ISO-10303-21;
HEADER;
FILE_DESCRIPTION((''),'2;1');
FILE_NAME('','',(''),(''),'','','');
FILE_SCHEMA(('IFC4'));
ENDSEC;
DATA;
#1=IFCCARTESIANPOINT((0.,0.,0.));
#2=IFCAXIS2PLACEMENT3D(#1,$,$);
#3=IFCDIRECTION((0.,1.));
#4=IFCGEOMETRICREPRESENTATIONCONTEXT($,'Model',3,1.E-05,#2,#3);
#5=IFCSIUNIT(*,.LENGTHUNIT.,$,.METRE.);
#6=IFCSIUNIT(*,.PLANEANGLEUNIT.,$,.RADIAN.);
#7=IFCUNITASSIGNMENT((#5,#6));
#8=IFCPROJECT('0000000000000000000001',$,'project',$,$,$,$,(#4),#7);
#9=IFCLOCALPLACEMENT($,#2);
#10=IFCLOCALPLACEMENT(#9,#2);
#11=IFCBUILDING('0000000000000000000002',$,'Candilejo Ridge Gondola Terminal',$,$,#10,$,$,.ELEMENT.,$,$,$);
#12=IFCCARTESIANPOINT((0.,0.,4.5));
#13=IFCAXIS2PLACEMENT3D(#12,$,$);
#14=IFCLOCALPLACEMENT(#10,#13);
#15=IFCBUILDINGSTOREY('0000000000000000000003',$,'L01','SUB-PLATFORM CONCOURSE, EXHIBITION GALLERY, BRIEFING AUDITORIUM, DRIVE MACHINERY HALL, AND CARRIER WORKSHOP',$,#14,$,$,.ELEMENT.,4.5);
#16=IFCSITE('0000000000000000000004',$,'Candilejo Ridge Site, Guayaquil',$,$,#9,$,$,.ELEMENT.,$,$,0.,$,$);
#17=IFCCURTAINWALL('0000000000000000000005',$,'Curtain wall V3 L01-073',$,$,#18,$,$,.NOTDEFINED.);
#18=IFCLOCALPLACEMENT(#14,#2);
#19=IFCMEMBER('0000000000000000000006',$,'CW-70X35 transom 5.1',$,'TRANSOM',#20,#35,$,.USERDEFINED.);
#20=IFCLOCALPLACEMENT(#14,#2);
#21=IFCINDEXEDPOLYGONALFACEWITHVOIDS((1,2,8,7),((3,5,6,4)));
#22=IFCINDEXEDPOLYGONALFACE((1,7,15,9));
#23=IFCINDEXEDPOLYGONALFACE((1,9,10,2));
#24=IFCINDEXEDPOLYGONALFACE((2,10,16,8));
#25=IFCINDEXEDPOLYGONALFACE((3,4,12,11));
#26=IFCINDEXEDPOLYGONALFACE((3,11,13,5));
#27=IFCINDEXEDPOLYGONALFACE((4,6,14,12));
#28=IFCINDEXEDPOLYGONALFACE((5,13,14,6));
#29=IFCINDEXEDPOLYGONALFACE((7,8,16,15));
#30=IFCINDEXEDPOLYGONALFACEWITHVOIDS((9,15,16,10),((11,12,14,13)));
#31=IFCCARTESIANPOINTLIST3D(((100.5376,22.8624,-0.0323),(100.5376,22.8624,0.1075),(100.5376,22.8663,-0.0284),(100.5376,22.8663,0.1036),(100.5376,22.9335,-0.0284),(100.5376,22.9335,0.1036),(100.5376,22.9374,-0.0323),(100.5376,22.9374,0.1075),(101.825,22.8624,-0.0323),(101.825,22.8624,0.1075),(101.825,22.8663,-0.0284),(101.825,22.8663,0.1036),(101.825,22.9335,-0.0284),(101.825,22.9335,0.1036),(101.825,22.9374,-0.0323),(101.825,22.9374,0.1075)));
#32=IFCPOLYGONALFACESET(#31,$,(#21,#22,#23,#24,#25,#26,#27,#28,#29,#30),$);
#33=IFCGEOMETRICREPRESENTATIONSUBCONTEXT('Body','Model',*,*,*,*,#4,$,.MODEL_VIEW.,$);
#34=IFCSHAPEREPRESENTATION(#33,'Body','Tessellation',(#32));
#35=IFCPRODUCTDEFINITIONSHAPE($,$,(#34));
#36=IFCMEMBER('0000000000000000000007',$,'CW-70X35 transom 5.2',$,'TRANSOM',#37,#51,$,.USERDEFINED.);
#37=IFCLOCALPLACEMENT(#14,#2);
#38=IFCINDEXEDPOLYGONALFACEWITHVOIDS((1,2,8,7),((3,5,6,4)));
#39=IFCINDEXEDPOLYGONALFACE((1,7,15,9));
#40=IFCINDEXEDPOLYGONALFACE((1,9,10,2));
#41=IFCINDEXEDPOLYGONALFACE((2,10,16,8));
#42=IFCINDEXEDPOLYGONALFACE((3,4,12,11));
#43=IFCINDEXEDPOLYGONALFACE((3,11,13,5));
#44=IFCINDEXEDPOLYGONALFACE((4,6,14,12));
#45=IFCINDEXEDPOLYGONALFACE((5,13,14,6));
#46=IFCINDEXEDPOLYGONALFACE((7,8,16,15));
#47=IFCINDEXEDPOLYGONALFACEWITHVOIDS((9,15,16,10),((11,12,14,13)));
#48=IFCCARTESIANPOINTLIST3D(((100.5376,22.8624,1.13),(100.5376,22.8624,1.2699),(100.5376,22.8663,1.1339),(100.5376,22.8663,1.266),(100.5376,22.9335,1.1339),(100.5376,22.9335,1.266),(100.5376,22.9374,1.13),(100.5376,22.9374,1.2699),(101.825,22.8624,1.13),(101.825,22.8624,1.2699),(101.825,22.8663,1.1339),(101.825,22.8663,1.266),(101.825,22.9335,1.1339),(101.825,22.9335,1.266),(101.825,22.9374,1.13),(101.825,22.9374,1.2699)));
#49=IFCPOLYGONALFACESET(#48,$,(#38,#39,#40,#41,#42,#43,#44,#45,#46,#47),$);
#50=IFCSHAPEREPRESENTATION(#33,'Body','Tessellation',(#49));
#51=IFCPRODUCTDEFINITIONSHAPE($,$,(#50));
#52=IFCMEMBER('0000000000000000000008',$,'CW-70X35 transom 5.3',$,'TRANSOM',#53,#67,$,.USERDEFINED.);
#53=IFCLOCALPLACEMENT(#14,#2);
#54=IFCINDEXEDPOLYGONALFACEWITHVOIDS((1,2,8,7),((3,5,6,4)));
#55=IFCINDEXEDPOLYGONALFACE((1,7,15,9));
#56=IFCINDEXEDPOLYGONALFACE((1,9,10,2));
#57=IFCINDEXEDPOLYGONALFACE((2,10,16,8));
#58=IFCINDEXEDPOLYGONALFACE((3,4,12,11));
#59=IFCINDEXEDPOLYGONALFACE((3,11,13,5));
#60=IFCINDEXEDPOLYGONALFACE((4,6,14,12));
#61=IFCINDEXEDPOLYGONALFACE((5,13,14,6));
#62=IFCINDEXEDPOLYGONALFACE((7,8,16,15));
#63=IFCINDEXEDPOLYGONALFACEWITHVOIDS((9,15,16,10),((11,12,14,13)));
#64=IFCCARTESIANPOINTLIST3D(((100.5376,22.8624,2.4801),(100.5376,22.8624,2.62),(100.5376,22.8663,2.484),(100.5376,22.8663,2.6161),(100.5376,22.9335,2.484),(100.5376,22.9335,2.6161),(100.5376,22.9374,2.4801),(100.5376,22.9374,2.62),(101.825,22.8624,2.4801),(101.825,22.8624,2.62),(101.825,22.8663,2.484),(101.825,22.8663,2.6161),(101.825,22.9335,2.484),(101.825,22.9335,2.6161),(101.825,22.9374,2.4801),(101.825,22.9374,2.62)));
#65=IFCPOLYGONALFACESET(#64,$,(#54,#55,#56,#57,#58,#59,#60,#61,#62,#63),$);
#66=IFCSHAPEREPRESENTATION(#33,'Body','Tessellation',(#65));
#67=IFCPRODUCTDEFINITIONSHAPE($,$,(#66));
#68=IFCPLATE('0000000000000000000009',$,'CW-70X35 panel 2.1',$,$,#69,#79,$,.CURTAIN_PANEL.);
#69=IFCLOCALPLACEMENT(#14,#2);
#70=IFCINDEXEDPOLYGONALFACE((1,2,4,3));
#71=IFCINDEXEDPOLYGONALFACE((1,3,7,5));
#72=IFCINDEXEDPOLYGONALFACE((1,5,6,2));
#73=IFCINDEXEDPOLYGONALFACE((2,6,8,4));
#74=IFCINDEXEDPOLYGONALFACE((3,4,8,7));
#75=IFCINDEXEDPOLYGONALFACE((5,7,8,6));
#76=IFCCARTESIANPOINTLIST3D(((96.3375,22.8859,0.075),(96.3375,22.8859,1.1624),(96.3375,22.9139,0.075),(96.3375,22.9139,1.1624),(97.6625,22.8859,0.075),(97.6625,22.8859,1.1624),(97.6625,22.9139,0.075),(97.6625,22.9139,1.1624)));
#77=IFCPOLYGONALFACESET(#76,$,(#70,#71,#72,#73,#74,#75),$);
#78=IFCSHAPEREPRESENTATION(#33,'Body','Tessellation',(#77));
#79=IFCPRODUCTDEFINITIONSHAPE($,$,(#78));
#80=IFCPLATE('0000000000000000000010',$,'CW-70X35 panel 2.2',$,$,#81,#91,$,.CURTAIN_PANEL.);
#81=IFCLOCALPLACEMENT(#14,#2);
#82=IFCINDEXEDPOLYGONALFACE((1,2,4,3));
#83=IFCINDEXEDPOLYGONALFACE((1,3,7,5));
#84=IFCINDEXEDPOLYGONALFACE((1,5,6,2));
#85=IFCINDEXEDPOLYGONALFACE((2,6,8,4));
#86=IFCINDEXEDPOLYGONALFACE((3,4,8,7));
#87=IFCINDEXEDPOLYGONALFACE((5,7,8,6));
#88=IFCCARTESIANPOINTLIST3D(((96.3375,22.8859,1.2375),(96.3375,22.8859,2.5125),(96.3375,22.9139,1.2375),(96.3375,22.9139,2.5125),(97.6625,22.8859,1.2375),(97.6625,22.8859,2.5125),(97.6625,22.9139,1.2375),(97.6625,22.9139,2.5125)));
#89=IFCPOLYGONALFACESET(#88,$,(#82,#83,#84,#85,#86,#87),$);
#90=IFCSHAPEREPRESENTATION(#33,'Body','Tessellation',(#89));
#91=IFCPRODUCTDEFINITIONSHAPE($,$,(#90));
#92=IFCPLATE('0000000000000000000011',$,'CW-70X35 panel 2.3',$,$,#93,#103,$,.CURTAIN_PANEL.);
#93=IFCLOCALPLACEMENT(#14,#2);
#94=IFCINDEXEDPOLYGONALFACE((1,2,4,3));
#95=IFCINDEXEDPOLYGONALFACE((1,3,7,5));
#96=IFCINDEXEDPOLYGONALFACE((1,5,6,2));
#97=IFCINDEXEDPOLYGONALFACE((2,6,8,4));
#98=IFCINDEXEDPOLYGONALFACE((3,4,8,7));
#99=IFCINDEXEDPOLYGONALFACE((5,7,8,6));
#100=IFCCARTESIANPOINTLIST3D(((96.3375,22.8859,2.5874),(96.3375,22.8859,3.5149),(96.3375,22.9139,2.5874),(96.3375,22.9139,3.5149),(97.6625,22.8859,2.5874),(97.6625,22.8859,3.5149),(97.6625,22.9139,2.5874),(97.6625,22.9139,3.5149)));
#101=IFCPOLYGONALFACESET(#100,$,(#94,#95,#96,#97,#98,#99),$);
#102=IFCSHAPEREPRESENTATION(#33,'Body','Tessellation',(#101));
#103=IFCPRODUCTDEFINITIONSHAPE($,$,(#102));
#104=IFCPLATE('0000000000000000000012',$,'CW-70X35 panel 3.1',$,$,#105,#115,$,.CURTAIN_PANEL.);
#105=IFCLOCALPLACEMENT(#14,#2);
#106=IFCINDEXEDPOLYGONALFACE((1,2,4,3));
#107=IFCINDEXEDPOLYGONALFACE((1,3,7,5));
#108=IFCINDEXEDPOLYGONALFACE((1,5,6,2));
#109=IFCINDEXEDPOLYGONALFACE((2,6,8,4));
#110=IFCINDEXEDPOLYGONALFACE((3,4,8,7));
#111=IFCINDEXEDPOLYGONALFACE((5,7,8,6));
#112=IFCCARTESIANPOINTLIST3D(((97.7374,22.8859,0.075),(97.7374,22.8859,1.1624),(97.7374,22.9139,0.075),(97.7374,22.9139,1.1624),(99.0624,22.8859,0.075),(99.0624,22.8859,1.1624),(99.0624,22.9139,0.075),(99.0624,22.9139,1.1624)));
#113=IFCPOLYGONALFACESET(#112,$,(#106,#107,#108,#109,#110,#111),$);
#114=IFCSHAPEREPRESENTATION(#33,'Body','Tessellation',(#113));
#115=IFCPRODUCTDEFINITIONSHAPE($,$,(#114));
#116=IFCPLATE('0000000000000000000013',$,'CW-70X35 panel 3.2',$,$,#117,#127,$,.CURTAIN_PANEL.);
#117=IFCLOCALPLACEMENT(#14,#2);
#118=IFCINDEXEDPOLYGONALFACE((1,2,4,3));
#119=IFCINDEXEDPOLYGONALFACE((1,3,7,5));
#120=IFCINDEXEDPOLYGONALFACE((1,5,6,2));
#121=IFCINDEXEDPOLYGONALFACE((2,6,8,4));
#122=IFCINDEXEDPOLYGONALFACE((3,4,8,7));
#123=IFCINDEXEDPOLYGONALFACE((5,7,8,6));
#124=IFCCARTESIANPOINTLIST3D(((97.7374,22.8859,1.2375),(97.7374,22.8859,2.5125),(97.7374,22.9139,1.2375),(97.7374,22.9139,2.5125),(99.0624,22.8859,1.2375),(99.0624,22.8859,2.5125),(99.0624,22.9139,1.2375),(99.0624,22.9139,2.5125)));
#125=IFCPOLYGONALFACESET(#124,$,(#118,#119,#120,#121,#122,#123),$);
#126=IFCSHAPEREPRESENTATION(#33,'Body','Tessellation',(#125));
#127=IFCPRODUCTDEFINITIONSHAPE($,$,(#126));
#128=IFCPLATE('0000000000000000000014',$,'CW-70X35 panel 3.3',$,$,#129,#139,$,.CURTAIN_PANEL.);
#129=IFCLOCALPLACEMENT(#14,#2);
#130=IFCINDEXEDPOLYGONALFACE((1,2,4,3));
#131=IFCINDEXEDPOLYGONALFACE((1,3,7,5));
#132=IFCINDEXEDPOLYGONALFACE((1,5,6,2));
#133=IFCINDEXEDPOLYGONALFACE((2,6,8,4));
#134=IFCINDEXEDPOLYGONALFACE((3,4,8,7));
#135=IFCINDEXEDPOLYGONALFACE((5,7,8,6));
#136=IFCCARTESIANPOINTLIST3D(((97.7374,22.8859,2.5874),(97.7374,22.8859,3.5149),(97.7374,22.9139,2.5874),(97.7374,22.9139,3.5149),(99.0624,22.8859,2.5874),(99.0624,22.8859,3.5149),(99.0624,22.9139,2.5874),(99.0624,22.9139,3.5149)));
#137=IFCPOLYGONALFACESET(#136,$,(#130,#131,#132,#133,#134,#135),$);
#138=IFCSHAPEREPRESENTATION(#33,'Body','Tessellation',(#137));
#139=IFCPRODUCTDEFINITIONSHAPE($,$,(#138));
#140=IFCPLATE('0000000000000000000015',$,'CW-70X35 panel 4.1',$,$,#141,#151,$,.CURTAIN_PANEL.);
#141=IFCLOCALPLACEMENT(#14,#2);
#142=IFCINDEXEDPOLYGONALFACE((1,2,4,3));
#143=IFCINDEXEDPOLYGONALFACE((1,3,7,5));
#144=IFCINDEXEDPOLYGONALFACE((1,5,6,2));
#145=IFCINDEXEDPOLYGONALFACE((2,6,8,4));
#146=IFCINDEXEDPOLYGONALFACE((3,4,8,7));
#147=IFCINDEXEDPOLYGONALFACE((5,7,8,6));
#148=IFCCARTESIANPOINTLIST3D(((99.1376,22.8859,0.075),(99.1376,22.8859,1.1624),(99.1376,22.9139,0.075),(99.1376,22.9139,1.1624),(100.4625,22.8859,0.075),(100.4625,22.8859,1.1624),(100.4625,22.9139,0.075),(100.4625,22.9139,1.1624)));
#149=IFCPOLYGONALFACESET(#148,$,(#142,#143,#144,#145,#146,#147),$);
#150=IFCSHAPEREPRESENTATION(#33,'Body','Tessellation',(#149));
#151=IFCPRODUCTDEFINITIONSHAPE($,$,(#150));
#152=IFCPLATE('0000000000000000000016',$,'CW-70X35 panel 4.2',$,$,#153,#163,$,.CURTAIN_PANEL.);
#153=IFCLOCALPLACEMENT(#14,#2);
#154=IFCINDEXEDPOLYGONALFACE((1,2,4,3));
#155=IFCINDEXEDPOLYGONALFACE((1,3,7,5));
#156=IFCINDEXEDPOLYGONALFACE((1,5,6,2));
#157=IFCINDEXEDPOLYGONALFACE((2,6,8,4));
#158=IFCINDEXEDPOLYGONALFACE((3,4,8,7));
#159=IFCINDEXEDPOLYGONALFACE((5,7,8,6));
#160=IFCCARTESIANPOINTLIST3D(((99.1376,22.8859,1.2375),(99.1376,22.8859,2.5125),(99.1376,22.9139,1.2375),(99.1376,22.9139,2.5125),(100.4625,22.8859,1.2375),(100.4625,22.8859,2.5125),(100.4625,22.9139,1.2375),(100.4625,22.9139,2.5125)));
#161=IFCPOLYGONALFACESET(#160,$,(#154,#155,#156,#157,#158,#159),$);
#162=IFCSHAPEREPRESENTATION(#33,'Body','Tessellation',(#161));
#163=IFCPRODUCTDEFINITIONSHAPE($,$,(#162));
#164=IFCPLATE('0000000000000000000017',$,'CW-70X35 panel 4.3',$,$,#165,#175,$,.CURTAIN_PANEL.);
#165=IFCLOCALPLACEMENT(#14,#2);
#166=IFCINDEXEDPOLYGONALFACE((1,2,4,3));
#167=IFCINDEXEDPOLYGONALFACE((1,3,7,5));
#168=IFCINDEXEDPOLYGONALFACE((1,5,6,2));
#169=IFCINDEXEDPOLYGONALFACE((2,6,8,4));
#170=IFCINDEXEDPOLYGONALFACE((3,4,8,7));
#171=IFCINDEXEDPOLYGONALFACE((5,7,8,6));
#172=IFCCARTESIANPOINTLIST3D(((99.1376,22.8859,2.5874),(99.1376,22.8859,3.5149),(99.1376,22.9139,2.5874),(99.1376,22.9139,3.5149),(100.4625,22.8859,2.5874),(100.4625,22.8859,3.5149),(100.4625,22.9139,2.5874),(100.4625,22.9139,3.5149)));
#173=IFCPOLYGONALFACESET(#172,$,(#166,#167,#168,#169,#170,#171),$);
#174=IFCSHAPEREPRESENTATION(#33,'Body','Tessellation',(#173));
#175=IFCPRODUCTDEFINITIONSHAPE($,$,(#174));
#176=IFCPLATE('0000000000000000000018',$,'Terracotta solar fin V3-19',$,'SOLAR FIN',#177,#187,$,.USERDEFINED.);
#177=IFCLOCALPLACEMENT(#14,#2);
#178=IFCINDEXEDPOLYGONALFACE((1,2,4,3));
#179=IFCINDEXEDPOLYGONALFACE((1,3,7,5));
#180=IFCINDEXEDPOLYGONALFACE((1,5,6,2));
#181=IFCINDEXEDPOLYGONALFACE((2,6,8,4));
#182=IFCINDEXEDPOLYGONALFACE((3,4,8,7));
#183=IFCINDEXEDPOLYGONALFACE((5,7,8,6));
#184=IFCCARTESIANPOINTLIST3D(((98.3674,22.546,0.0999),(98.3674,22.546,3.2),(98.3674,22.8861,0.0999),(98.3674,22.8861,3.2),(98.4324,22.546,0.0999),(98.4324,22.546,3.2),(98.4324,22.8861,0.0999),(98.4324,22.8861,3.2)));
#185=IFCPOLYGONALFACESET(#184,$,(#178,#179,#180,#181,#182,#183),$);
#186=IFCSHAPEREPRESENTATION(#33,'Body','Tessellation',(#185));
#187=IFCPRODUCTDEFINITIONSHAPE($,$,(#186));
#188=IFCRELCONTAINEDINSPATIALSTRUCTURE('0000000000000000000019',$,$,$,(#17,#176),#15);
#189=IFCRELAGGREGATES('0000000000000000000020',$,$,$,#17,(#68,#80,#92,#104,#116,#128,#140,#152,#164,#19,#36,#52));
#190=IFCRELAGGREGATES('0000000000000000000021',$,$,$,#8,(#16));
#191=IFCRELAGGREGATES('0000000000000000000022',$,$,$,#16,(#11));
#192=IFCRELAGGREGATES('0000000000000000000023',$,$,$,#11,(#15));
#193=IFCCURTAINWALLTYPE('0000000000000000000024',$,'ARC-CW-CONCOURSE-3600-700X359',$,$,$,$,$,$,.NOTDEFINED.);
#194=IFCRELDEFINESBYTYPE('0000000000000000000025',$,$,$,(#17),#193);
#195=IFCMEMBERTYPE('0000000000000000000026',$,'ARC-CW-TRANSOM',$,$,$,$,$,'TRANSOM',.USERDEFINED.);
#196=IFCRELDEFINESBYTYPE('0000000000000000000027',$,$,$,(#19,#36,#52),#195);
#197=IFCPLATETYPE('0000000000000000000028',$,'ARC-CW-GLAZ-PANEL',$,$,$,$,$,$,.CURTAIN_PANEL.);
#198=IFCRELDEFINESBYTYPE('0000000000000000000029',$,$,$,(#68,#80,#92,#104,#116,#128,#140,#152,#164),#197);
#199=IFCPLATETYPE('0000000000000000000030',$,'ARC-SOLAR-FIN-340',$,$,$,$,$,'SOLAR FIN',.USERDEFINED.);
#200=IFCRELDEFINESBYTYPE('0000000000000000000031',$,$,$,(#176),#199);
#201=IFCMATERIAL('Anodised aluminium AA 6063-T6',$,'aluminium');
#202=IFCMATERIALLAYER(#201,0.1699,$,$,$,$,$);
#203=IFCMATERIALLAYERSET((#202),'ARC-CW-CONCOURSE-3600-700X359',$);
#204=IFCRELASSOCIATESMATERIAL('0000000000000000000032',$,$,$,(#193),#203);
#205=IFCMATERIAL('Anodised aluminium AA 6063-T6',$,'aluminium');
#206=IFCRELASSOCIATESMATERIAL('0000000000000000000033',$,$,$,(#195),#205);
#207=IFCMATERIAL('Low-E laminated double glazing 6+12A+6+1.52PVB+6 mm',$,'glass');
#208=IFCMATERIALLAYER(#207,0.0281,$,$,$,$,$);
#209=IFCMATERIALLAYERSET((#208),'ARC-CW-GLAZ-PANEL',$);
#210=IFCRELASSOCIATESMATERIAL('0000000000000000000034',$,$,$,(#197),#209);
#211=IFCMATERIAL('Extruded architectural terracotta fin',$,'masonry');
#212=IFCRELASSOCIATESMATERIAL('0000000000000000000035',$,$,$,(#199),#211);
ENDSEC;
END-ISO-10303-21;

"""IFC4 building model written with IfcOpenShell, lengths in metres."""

from ifc_helpers import new_model, si_unit, direction, frame, origin, origin_2d, place, context, subcontext, project, spatial, rectangle, hollow_rectangle, extrude, material, layer, layer_set, material_profile, profile_set, type_object, element, aggregate, save


model = new_model("IFC4")

# Units and contexts
model_context = context("Model", 3, precision=1e-05, world=origin(), true_north=direction((0.0, 1.0)))
body_context = subcontext(model_context, "Body", "Model", "MODEL_VIEW")
ifc_project = project(units=[si_unit("LENGTHUNIT", "METRE"), si_unit("PLANEANGLEUNIT", "RADIAN")], contexts=[model_context])

# Site, building, storey
site_placement = place(None, origin())
site = spatial("IfcSite", under=ifc_project, at=site_placement, Name="Candilejo Ridge Site, Guayaquil", CompositionType="ELEMENT", RefElevation=0.0)
building_placement = place(site_placement, origin())
building = spatial("IfcBuilding", under=site, at=building_placement, Name="Candilejo Ridge Gondola Terminal", CompositionType="ELEMENT")
storey_placement = place(building_placement, frame((0.0, 0.0, 4.5)))
storey = spatial("IfcBuildingStorey", under=building, at=storey_placement, Name="L01", Description="SUB-PLATFORM CONCOURSE, EXHIBITION GALLERY, BRIEFING AUDITORIUM, DRIVE MACHINERY HALL, AND CARRIER WORKSHOP", CompositionType="ELEMENT", Elevation=4.5)

# Curtain wall, members, plates
ifc_material_1 = material(Name="Anodised aluminium AA 6063-T6", Category="aluminium")
ifc_layer_1 = layer(ifc_material_1, 0.1699)
ifc_layer_set_1 = layer_set([ifc_layer_1], Name="ARC-CW-CONCOURSE-3600-700X359")
curtain_wall_type = type_object("IfcCurtainWallType", Name="ARC-CW-CONCOURSE-3600-700X359", PredefinedType="NOTDEFINED", material=ifc_layer_set_1)
curtain_wall_placement = place(storey_placement, origin())
curtain_wall = element("IfcCurtainWall", 1, at=curtain_wall_placement, inside=storey, type_object=curtain_wall_type, Name="Curtain wall V3 L01-073", PredefinedType="NOTDEFINED")
ifc_material_2 = material(Name="Anodised aluminium AA 6063-T6", Category="aluminium")
ifc_material_profile_1 = material_profile(ifc_material_2, hollow_rectangle(XDim=0.075, YDim=0.1399, WallThickness=0.0039, at=origin_2d()))
ifc_profile_set_1 = profile_set([ifc_material_profile_1], Name="Anodised aluminium AA 6063-T6")
member_type_1 = type_object("IfcMemberType", Name="ARC-CW-TRANSOM", ElementType="TRANSOM", PredefinedType="USERDEFINED", material=ifc_profile_set_1)
member_1_placement = place(storey_placement, frame((100.5376, 22.8999, 0.0376), z_axis=(1.0, 0.0, 0.0), x_axis=(0.0, 1.0, 0.0)))
member_1 = element("IfcMember", 2, at=member_1_placement, type_object=member_type_1, Name="CW-70X35 transom 5.1", ObjectType="TRANSOM", PredefinedType="USERDEFINED", context=body_context, shape_type="SweptSolid", body=[
    extrude(hollow_rectangle(XDim=0.075, YDim=0.1399, WallThickness=0.0039, at=origin_2d()), origin(), (0.0, 0.0, 1.0), 1.2874),
])
member_2_placement = place(storey_placement, frame((100.5376, 22.8999, 1.2), z_axis=(1.0, 0.0, 0.0), x_axis=(0.0, 1.0, 0.0)))
member_2 = element("IfcMember", 3, at=member_2_placement, type_object=member_type_1, Name="CW-70X35 transom 5.2", ObjectType="TRANSOM", PredefinedType="USERDEFINED", context=body_context, shape_type="SweptSolid", body=[
    extrude(hollow_rectangle(XDim=0.075, YDim=0.1399, WallThickness=0.0039, at=origin_2d()), origin(), (0.0, 0.0, 1.0), 1.2874),
])
member_3_placement = place(storey_placement, frame((100.5376, 22.8999, 2.55), z_axis=(1.0, 0.0, 0.0), x_axis=(0.0, 1.0, 0.0)))
member_3 = element("IfcMember", 4, at=member_3_placement, type_object=member_type_1, Name="CW-70X35 transom 5.3", ObjectType="TRANSOM", PredefinedType="USERDEFINED", context=body_context, shape_type="SweptSolid", body=[
    extrude(hollow_rectangle(XDim=0.075, YDim=0.1399, WallThickness=0.0039, at=origin_2d()), origin(), (0.0, 0.0, 1.0), 1.2874),
])
ifc_material_3 = material(Name="Low-E laminated double glazing 6+12A+6+1.52PVB+6 mm", Category="glass")
ifc_layer_2 = layer(ifc_material_3, 0.0281)
ifc_layer_set_2 = layer_set([ifc_layer_2], Name="ARC-CW-GLAZ-PANEL")
plate_type_1 = type_object("IfcPlateType", Name="ARC-CW-GLAZ-PANEL", PredefinedType="CURTAIN_PANEL", material=ifc_layer_set_2)
plate_1_placement = place(storey_placement, frame((97.0, 22.8999, 0.075), z_axis=(0.0, 0.0, 1.0), x_axis=(1.0, 0.0, 0.0)))
plate_1 = element("IfcPlate", 5, at=plate_1_placement, type_object=plate_type_1, Name="CW-70X35 panel 2.1", PredefinedType="CURTAIN_PANEL", context=body_context, shape_type="SweptSolid", body=[
    extrude(rectangle(XDim=1.325, YDim=0.0281, at=origin_2d()), origin(), (0.0, 0.0, 1.0), 1.0874),
])
plate_2_placement = place(storey_placement, frame((97.0, 22.8999, 1.2375), z_axis=(0.0, 0.0, 1.0), x_axis=(1.0, 0.0, 0.0)))
plate_2 = element("IfcPlate", 6, at=plate_2_placement, type_object=plate_type_1, Name="CW-70X35 panel 2.2", PredefinedType="CURTAIN_PANEL", context=body_context, shape_type="SweptSolid", body=[
    extrude(rectangle(XDim=1.325, YDim=0.0281, at=origin_2d()), origin(), (0.0, 0.0, 1.0), 1.2749),
])
plate_3_placement = place(storey_placement, frame((97.0, 22.8999, 2.5874), z_axis=(0.0, 0.0, 1.0), x_axis=(1.0, 0.0, 0.0)))
plate_3 = element("IfcPlate", 7, at=plate_3_placement, type_object=plate_type_1, Name="CW-70X35 panel 2.3", PredefinedType="CURTAIN_PANEL", context=body_context, shape_type="SweptSolid", body=[
    extrude(rectangle(XDim=1.325, YDim=0.0281, at=origin_2d()), origin(), (0.0, 0.0, 1.0), 0.9275),
])
plate_4_placement = place(storey_placement, frame((98.3999, 22.8999, 0.075), z_axis=(0.0, 0.0, 1.0), x_axis=(1.0, 0.0, 0.0)))
plate_4 = element("IfcPlate", 8, at=plate_4_placement, type_object=plate_type_1, Name="CW-70X35 panel 3.1", PredefinedType="CURTAIN_PANEL", context=body_context, shape_type="SweptSolid", body=[
    extrude(rectangle(XDim=1.325, YDim=0.0281, at=origin_2d()), origin(), (0.0, 0.0, 1.0), 1.0874),
])
plate_5_placement = place(storey_placement, frame((98.3999, 22.8999, 1.2375), z_axis=(0.0, 0.0, 1.0), x_axis=(1.0, 0.0, 0.0)))
plate_5 = element("IfcPlate", 9, at=plate_5_placement, type_object=plate_type_1, Name="CW-70X35 panel 3.2", PredefinedType="CURTAIN_PANEL", context=body_context, shape_type="SweptSolid", body=[
    extrude(rectangle(XDim=1.325, YDim=0.0281, at=origin_2d()), origin(), (0.0, 0.0, 1.0), 1.2749),
])
plate_6_placement = place(storey_placement, frame((98.3999, 22.8999, 2.5874), z_axis=(0.0, 0.0, 1.0), x_axis=(1.0, 0.0, 0.0)))
plate_6 = element("IfcPlate", 10, at=plate_6_placement, type_object=plate_type_1, Name="CW-70X35 panel 3.3", PredefinedType="CURTAIN_PANEL", context=body_context, shape_type="SweptSolid", body=[
    extrude(rectangle(XDim=1.325, YDim=0.0281, at=origin_2d()), origin(), (0.0, 0.0, 1.0), 0.9275),
])
plate_7_placement = place(storey_placement, frame((99.8, 22.8999, 0.075), z_axis=(0.0, 0.0, 1.0), x_axis=(1.0, 0.0, 0.0)))
plate_7 = element("IfcPlate", 11, at=plate_7_placement, type_object=plate_type_1, Name="CW-70X35 panel 4.1", PredefinedType="CURTAIN_PANEL", context=body_context, shape_type="SweptSolid", body=[
    extrude(rectangle(XDim=1.325, YDim=0.0281, at=origin_2d()), origin(), (0.0, 0.0, 1.0), 1.0874),
])
plate_8_placement = place(storey_placement, frame((99.8, 22.8999, 1.2375), z_axis=(0.0, 0.0, 1.0), x_axis=(1.0, 0.0, 0.0)))
plate_8 = element("IfcPlate", 12, at=plate_8_placement, type_object=plate_type_1, Name="CW-70X35 panel 4.2", PredefinedType="CURTAIN_PANEL", context=body_context, shape_type="SweptSolid", body=[
    extrude(rectangle(XDim=1.325, YDim=0.0281, at=origin_2d()), origin(), (0.0, 0.0, 1.0), 1.2749),
])
plate_9_placement = place(storey_placement, frame((99.8, 22.8999, 2.5874), z_axis=(0.0, 0.0, 1.0), x_axis=(1.0, 0.0, 0.0)))
plate_9 = element("IfcPlate", 13, at=plate_9_placement, type_object=plate_type_1, Name="CW-70X35 panel 4.3", PredefinedType="CURTAIN_PANEL", context=body_context, shape_type="SweptSolid", body=[
    extrude(rectangle(XDim=1.325, YDim=0.0281, at=origin_2d()), origin(), (0.0, 0.0, 1.0), 0.9275),
])
aggregate(curtain_wall, [plate_1, plate_2, plate_3, plate_4, plate_5, plate_6, plate_7, plate_8, plate_9, member_1, member_2, member_3])

# Plate
ifc_material_4 = material(Name="Extruded architectural terracotta fin", Category="masonry")
plate_type_2 = type_object("IfcPlateType", Name="ARC-SOLAR-FIN-340", ElementType="SOLAR FIN", PredefinedType="USERDEFINED", material=ifc_material_4)
plate_10_placement = place(storey_placement, frame((98.3999, 22.7161, 0.0999), z_axis=(0.0, 0.0, 1.0), x_axis=(1.0, 0.0, 0.0)))
element("IfcPlate", 14, at=plate_10_placement, inside=storey, type_object=plate_type_2, Name="Terracotta solar fin V3-19", ObjectType="SOLAR FIN", PredefinedType="USERDEFINED", context=body_context, shape_type="SweptSolid", body=[
    extrude(rectangle(XDim=0.0649, YDim=0.3401, at=origin_2d()), origin(), (0.0, 0.0, 1.0), 3.1001),
])

save(model, "model.ifc")
